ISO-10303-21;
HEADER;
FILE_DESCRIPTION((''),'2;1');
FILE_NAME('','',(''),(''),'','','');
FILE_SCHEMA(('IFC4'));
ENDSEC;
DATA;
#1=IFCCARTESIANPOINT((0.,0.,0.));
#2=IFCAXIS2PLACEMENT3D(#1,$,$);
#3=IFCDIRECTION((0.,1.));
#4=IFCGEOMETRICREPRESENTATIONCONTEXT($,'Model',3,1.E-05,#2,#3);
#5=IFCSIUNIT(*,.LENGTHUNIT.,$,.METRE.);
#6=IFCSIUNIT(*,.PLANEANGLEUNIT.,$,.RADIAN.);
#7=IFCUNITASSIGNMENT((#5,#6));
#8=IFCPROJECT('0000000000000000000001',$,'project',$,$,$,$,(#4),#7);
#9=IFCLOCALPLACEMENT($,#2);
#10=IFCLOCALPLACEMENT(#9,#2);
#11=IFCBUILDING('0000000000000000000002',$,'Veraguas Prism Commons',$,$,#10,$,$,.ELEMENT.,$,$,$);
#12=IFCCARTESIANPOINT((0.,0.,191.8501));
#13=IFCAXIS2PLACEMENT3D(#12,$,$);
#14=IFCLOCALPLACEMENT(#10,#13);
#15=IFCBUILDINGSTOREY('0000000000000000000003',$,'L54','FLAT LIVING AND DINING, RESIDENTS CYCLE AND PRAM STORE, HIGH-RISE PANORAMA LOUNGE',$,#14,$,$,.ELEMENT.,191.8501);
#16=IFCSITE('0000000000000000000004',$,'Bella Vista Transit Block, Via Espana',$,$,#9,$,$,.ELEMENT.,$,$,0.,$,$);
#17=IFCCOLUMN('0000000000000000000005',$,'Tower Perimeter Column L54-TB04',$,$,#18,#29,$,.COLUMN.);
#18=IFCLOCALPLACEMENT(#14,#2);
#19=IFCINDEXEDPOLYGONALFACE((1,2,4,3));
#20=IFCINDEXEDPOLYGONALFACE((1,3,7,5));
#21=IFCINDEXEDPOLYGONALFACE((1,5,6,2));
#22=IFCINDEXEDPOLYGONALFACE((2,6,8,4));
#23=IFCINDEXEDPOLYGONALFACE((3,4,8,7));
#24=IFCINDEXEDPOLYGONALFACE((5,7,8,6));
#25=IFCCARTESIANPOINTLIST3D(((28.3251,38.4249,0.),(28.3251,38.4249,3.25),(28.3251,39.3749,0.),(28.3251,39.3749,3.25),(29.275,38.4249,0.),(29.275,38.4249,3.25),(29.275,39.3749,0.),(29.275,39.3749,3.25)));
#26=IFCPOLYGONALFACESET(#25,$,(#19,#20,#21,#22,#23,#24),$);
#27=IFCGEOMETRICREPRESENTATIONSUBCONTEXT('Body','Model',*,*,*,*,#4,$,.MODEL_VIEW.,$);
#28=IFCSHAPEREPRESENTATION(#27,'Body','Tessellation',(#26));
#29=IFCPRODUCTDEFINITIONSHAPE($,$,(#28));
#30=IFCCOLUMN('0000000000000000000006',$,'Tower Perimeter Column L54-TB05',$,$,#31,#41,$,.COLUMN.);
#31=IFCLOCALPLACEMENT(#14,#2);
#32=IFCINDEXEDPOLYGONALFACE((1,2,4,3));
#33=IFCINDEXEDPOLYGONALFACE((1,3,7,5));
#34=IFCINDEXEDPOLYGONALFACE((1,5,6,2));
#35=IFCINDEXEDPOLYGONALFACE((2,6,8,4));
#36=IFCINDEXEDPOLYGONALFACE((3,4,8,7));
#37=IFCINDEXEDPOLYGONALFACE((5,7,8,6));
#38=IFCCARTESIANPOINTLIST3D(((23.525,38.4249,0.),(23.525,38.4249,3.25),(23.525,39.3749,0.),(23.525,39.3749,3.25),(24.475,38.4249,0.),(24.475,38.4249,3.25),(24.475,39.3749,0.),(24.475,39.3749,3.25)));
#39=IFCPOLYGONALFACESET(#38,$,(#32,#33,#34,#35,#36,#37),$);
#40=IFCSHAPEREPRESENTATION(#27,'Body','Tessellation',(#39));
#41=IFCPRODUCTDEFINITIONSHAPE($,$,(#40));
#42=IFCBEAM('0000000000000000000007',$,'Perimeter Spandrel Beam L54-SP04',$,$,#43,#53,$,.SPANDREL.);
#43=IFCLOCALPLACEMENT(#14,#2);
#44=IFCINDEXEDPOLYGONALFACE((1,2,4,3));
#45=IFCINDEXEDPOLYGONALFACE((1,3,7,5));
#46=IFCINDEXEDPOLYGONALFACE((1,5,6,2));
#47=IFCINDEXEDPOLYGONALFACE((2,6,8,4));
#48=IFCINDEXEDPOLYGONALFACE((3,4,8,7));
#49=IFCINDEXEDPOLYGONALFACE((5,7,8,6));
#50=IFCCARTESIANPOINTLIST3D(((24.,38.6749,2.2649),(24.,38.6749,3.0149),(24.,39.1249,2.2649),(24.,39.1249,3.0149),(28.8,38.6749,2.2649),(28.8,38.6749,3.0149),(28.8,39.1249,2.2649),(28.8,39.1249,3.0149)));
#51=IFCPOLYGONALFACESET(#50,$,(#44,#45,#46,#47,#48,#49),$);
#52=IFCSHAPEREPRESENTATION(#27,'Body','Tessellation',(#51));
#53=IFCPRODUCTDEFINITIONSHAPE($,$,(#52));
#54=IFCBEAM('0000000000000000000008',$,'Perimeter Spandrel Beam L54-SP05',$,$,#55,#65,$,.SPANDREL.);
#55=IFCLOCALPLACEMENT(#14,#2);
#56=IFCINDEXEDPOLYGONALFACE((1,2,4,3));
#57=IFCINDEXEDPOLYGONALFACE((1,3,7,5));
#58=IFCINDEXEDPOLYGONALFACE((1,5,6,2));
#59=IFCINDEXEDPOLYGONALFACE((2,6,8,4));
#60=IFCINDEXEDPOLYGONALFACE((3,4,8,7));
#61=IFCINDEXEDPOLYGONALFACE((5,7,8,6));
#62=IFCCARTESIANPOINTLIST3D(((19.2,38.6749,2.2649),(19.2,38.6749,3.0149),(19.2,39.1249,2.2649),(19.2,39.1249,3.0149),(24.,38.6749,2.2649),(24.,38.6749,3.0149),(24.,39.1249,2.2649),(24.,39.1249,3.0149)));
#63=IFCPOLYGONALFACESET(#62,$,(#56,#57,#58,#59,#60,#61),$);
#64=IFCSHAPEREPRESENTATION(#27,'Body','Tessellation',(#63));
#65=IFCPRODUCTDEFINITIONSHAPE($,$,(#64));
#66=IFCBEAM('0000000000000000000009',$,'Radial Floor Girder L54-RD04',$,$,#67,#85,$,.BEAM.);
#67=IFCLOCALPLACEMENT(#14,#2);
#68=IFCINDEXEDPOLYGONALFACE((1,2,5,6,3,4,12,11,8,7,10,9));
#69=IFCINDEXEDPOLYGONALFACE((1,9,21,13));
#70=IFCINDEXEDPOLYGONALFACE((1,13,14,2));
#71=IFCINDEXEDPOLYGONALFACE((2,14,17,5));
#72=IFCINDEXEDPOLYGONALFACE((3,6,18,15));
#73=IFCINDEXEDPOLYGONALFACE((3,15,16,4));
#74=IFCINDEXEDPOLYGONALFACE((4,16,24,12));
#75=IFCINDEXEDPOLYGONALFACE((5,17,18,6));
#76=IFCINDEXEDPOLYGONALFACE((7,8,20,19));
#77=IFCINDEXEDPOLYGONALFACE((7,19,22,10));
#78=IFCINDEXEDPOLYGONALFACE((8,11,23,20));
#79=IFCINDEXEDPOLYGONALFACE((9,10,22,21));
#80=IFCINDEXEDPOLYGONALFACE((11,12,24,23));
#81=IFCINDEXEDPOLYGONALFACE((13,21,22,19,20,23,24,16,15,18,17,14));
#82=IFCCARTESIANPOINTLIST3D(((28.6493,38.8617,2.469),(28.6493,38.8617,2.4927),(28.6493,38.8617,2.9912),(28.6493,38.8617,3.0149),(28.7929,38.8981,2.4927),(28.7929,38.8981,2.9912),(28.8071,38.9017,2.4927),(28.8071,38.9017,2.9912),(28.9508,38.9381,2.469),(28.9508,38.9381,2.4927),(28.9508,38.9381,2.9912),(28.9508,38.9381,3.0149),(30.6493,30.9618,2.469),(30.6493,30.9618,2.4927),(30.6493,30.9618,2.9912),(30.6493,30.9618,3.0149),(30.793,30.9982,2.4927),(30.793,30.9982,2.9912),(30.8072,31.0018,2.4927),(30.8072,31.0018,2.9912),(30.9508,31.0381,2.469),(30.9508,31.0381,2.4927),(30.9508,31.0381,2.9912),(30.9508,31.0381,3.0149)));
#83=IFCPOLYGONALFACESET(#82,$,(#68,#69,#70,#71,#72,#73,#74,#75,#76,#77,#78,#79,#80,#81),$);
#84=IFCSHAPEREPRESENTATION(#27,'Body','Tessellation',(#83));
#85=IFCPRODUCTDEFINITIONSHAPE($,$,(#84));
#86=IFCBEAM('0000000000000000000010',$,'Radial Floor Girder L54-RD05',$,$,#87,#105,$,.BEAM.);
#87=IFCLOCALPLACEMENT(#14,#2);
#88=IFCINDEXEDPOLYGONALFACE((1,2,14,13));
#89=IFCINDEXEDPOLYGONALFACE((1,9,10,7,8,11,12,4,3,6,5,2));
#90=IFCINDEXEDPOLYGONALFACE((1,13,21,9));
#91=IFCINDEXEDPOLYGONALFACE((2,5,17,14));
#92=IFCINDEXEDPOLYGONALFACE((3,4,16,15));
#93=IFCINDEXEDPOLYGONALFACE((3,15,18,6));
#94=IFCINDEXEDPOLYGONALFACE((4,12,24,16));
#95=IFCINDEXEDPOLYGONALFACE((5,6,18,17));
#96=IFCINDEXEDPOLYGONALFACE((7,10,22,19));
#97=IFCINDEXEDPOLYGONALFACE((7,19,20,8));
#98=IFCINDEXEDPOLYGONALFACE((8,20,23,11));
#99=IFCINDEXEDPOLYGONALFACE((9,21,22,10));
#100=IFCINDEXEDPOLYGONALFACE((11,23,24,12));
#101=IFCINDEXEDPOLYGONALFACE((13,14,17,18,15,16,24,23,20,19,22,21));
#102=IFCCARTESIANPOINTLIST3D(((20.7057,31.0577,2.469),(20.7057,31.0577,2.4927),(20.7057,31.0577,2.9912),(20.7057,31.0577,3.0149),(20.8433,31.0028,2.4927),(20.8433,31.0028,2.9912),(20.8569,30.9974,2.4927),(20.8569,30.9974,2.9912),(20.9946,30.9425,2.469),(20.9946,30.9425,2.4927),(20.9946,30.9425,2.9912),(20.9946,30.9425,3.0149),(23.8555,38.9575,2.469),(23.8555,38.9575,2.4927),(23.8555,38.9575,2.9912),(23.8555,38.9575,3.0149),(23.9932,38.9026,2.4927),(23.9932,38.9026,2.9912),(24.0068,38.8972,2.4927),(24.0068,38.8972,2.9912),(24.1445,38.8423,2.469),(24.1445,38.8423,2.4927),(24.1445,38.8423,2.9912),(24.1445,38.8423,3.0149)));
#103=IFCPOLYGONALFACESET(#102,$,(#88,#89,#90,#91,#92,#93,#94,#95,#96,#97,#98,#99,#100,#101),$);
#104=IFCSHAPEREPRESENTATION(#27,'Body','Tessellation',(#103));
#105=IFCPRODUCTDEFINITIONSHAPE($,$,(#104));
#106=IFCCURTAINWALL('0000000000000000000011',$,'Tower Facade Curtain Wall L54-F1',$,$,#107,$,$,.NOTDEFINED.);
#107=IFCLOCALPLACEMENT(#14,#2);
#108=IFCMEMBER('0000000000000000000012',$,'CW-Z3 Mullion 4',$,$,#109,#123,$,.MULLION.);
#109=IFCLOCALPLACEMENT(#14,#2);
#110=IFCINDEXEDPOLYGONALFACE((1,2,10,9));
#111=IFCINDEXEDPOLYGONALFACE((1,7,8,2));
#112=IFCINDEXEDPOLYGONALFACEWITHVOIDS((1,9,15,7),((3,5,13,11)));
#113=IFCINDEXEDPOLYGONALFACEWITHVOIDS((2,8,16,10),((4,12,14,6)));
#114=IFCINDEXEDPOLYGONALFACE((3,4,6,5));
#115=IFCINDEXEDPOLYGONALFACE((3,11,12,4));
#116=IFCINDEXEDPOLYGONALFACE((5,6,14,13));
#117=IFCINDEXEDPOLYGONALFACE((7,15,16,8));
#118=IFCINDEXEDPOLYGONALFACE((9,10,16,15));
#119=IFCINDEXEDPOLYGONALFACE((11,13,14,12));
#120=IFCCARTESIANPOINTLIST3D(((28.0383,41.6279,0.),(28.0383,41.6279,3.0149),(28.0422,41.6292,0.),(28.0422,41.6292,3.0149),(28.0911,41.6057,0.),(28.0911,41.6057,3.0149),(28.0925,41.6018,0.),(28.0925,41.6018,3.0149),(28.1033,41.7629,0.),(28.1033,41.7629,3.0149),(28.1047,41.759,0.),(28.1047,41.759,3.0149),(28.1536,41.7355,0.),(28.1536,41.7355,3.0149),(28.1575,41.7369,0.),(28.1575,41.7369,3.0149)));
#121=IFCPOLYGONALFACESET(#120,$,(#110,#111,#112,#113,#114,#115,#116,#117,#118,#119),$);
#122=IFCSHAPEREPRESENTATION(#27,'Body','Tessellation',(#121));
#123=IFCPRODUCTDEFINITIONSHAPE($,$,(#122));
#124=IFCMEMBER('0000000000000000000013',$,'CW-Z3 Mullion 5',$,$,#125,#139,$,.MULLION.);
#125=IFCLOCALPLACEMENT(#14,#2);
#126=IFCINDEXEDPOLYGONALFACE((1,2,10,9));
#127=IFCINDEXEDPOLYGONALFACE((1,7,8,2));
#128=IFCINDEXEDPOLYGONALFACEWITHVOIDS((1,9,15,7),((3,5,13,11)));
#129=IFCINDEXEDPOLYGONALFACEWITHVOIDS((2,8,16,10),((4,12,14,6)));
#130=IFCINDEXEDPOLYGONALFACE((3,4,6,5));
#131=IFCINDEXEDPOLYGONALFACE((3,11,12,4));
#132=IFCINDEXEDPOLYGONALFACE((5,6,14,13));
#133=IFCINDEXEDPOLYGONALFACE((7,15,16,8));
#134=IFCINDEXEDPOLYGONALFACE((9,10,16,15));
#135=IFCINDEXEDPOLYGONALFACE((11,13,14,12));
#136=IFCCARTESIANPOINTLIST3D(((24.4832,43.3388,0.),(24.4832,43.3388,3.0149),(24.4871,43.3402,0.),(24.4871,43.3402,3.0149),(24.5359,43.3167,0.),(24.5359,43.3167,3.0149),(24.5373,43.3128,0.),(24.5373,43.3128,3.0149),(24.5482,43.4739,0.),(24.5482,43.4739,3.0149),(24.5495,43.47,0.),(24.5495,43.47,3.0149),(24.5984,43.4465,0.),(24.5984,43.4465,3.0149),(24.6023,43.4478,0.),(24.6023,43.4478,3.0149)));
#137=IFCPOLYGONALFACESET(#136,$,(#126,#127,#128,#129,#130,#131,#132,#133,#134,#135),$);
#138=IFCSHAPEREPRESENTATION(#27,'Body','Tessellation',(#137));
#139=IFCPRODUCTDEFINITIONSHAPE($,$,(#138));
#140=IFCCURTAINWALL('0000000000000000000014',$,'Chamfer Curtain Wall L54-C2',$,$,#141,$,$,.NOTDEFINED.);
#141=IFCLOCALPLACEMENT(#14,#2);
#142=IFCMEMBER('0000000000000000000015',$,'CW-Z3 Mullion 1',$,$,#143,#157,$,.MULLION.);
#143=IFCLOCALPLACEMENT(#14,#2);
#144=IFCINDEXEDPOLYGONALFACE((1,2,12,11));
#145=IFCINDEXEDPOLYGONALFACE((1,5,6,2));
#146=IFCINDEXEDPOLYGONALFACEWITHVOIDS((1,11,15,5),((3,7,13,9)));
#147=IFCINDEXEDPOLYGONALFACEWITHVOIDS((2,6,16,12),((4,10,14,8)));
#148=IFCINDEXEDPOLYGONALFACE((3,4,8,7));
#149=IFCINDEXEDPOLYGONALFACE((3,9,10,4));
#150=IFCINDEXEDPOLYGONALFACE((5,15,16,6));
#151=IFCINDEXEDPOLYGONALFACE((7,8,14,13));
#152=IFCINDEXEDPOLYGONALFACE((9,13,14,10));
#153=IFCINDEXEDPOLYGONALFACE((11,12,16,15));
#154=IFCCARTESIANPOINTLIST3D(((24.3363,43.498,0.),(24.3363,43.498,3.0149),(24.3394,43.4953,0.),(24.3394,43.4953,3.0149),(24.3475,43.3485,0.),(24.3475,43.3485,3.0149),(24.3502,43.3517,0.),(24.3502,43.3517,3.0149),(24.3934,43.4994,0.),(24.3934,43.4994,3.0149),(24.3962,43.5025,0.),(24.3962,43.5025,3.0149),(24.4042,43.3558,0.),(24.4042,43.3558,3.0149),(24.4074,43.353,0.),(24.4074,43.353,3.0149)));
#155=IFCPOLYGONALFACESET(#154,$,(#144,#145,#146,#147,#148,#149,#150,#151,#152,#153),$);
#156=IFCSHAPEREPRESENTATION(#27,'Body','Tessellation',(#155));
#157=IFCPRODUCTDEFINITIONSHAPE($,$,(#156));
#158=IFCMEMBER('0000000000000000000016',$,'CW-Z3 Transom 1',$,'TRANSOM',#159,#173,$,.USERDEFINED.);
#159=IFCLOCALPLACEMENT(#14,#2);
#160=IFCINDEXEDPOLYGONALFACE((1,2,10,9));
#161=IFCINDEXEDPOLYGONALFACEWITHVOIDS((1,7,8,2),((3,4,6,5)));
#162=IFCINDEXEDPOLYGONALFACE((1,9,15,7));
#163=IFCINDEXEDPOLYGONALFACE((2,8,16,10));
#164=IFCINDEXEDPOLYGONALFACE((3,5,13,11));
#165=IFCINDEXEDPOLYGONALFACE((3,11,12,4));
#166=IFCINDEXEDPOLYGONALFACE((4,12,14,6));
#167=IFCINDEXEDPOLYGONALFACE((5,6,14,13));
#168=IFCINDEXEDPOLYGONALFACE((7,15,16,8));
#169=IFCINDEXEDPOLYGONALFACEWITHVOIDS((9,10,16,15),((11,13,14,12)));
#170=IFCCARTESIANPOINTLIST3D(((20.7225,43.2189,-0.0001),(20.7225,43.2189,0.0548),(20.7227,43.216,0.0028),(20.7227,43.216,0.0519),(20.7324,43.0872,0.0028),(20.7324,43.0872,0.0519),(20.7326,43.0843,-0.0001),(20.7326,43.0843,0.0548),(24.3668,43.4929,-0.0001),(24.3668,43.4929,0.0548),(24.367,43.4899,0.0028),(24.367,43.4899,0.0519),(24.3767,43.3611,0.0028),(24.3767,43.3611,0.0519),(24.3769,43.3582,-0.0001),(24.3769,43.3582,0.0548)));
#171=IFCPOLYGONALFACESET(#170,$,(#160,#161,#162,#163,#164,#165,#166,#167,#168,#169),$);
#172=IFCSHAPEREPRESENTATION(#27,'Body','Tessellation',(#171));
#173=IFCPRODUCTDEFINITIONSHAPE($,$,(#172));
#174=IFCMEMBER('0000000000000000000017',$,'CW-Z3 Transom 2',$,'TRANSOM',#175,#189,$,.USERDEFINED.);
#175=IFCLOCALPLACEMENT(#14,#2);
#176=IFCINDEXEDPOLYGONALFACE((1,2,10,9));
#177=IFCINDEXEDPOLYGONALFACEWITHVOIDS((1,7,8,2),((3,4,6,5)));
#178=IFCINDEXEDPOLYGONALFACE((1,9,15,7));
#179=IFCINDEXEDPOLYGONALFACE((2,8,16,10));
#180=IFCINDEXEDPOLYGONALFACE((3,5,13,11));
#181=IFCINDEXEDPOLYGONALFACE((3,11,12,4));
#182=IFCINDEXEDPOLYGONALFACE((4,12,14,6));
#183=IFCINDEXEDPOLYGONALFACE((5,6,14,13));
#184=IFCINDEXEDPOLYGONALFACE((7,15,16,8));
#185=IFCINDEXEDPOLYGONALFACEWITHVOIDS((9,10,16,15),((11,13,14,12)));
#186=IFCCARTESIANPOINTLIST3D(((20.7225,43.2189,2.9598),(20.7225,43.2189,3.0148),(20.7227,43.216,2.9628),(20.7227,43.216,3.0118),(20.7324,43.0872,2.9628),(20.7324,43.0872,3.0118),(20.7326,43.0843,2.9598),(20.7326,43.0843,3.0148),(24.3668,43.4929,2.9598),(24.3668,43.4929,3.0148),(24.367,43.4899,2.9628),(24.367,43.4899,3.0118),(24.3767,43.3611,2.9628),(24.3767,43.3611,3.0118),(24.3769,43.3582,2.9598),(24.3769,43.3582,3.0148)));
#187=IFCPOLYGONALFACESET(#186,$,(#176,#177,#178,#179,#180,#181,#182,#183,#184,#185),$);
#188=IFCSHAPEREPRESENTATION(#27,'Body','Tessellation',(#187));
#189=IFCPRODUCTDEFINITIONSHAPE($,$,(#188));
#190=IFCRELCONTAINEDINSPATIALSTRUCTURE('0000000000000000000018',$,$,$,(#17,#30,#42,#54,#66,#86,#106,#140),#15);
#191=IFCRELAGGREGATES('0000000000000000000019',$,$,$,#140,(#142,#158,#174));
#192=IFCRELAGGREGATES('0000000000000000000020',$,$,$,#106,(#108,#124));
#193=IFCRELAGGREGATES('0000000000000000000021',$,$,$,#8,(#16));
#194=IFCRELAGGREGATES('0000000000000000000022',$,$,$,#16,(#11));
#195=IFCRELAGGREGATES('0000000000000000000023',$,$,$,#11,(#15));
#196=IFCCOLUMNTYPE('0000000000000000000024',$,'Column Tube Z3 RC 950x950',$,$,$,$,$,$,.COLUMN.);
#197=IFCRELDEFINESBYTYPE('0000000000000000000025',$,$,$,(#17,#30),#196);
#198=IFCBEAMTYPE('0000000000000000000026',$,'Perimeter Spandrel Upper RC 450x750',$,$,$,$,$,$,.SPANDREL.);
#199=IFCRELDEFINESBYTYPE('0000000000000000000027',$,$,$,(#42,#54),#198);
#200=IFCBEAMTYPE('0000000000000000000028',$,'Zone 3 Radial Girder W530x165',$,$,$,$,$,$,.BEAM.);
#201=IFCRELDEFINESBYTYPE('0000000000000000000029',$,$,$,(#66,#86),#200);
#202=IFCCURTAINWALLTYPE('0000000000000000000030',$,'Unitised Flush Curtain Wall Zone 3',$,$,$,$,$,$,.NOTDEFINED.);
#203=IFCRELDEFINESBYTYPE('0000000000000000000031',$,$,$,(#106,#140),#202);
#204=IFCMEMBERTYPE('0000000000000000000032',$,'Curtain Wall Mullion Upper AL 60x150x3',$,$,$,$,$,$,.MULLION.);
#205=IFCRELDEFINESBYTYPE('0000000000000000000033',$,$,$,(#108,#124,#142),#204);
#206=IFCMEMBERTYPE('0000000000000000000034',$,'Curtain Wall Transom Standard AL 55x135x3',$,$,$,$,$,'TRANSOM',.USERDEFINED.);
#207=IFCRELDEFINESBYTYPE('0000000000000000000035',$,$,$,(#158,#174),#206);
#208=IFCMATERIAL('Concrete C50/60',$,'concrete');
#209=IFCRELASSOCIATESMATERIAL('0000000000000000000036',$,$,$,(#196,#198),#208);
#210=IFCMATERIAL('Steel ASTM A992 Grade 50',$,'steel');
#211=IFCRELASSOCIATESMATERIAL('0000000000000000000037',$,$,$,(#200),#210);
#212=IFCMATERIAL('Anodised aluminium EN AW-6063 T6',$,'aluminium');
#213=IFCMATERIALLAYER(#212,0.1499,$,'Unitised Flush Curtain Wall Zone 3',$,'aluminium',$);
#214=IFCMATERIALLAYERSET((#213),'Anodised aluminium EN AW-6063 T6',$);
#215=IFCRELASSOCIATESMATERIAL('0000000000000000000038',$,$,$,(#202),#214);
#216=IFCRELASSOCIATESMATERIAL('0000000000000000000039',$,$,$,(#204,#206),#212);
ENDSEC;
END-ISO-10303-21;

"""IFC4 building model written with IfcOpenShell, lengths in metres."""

from ifc_helpers import new_model, si_unit, direction, frame, origin, origin_2d, place, context, subcontext, project, spatial, rectangle, hollow_rectangle, i_section, extrude, source, transform, mapped, material, layer, layer_set, material_profile, profile_set, type_object, element, aggregate, save


model = new_model("IFC4")

# Units and contexts
model_context = context("Model", 3, precision=1e-05, world=origin(), true_north=direction((0.0, 1.0)))
body_context = subcontext(model_context, "Body", "Model", "MODEL_VIEW")
ifc_project = project(units=[si_unit("LENGTHUNIT", "METRE"), si_unit("PLANEANGLEUNIT", "RADIAN")], contexts=[model_context])

# Site, building, storey
site_placement = place(None, origin())
site = spatial("IfcSite", under=ifc_project, at=site_placement, Name="Bella Vista Transit Block, Via Espana", CompositionType="ELEMENT", RefElevation=0.0)
building_placement = place(site_placement, origin())
building = spatial("IfcBuilding", under=site, at=building_placement, Name="Veraguas Prism Commons", CompositionType="ELEMENT")
storey_placement = place(building_placement, frame((0.0, 0.0, 191.8501)))
storey = spatial("IfcBuildingStorey", under=building, at=storey_placement, Name="L54", Description="FLAT LIVING AND DINING, RESIDENTS CYCLE AND PRAM STORE, HIGH-RISE PANORAMA LOUNGE", CompositionType="ELEMENT", Elevation=191.8501)

# Columns
ifc_material_1 = material(Name="Concrete C50/60", Category="concrete")
ifc_material_profile_1 = material_profile(ifc_material_1, rectangle(XDim=0.95, YDim=0.95, at=origin_2d()), Name="RC950X950")
ifc_profile_set_1 = profile_set([ifc_material_profile_1], Name="Concrete C50/60")
column_type = type_object("IfcColumnType", Name="Column Tube Z3 RC 950x950", PredefinedType="COLUMN", material=ifc_profile_set_1)
for number, where, z_axis, x_axis, name in (
    (1, (28.8, 38.8999, 0.0), (0.0, 0.0, 1.0), (1.0, 0.0, 0.0), "Tower Perimeter Column L54-TB04"),
    (2, (24.0, 38.8999, 0.0), (0.0, 0.0, 1.0), (1.0, 0.0, 0.0), "Tower Perimeter Column L54-TB05"),
):
    element("IfcColumn", number, at=place(storey_placement, frame(where, z_axis=z_axis, x_axis=x_axis)), inside=storey, type_object=column_type, Name=name, PredefinedType="COLUMN", context=body_context, shape_type="SweptSolid", body=[
        extrude(rectangle(XDim=0.95, YDim=0.95, at=origin_2d()), origin(), (0.0, 0.0, 1.0), 3.25),
    ])

# Beams
ifc_material_profile_2 = material_profile(ifc_material_1, rectangle(XDim=0.45, YDim=0.75, at=origin_2d()), Name="RC450X750")
ifc_profile_set_2 = profile_set([ifc_material_profile_2], Name="Concrete C50/60")
beam_type_1 = type_object("IfcBeamType", Name="Perimeter Spandrel Upper RC 450x750", PredefinedType="SPANDREL", material=ifc_profile_set_2)
for number, where, z_axis, x_axis, name in (
    (3, (28.8, 38.8999, 2.6399), (-1.0, 0.0, 0.0), (0.0, -1.0, 0.0), "Perimeter Spandrel Beam L54-SP04"),
    (4, (24.0, 38.8999, 2.6399), (-1.0, 0.0, 0.0), (0.0, -1.0, 0.0), "Perimeter Spandrel Beam L54-SP05"),
):
    element("IfcBeam", number, at=place(storey_placement, frame(where, z_axis=z_axis, x_axis=x_axis)), inside=storey, type_object=beam_type_1, Name=name, PredefinedType="SPANDREL", context=body_context, shape_type="SweptSolid", body=[
        extrude(rectangle(XDim=0.45, YDim=0.75, at=origin_2d()), origin(), (0.0, 0.0, 1.0), 4.8),
    ])
ifc_material_2 = material(Name="Steel ASTM A992 Grade 50", Category="steel")
ifc_material_profile_3 = material_profile(ifc_material_2, i_section(OverallWidth=0.311, OverallDepth=0.5459, WebThickness=0.0146, FlangeThickness=0.0237, at=origin_2d()), Name="W530X165")
ifc_profile_set_3 = profile_set([ifc_material_profile_3], Name="Steel ASTM A992 Grade 50")
beam_type_2 = type_object("IfcBeamType", Name="Zone 3 Radial Girder W530x165", PredefinedType="BEAM", material=ifc_profile_set_3)
beam_1_placement = place(storey_placement, frame((28.8, 38.8999, 2.7419), z_axis=(0.245425, -0.969416, 0.0), x_axis=(0.969416, 0.245425, 0.0)))
element("IfcBeam", 5, at=beam_1_placement, inside=storey, type_object=beam_type_2, Name="Radial Floor Girder L54-RD04", PredefinedType="BEAM", context=body_context, shape_type="SweptSolid", body=[
    extrude(i_section(OverallWidth=0.311, OverallDepth=0.5459, WebThickness=0.0146, FlangeThickness=0.0237, at=origin_2d()), origin(), (0.0, 0.0, 1.0), 8.1492),
])
beam_2_placement = place(storey_placement, frame((24.0, 38.8999, 2.7419), z_axis=(-0.370371, -0.928884, 0.0), x_axis=(0.928884, -0.370371, 0.0)))
element("IfcBeam", 6, at=beam_2_placement, inside=storey, type_object=beam_type_2, Name="Radial Floor Girder L54-RD05", PredefinedType="BEAM", context=body_context, shape_type="SweptSolid", body=[
    extrude(i_section(OverallWidth=0.311, OverallDepth=0.5459, WebThickness=0.0146, FlangeThickness=0.0237, at=origin_2d()), origin(), (0.0, 0.0, 1.0), 8.5046),
])

# Curtain walls, members
ifc_material_3 = material(Name="Anodised aluminium EN AW-6063 T6", Category="aluminium")
ifc_layer_1 = layer(ifc_material_3, 0.1499, Name="Unitised Flush Curtain Wall Zone 3", Category="aluminium")
ifc_layer_set_1 = layer_set([ifc_layer_1], Name="Anodised aluminium EN AW-6063 T6")
curtain_wall_type = type_object("IfcCurtainWallType", Name="Unitised Flush Curtain Wall Zone 3", PredefinedType="NOTDEFINED", material=ifc_layer_set_1)
curtain_wall_1_placement = place(storey_placement, origin())
curtain_wall_1 = element("IfcCurtainWall", 7, at=curtain_wall_1_placement, inside=storey, type_object=curtain_wall_type, Name="Tower Facade Curtain Wall L54-F1", PredefinedType="NOTDEFINED")
ifc_material_profile_4 = material_profile(ifc_material_3, hollow_rectangle(XDim=0.0601, YDim=0.1499, WallThickness=0.0029, at=origin_2d()), Name="AL60X150X3")
ifc_profile_set_4 = profile_set([ifc_material_profile_4], Name="Anodised aluminium EN AW-6063 T6")
member_type_1 = type_object("IfcMemberType", Name="Curtain Wall Mullion Upper AL 60x150x3", PredefinedType="MULLION", material=ifc_profile_set_4)
shared_shape_1 = source(origin(), body_context, "Body", "SweptSolid", [
    extrude(hollow_rectangle(XDim=0.0601, YDim=0.1499, WallThickness=0.0029, at=origin_2d()), origin(), (0.0, 0.0, 1.0), 3.0149),
])
member_1_placement = place(storey_placement, frame((28.0979, 41.6824, 0.0), z_axis=(0.0, 0.0, 1.0), x_axis=(-0.901074, 0.433665, 0.0)))
member_1 = element("IfcMember", 8, at=member_1_placement, type_object=member_type_1, Name="CW-Z3 Mullion 4", PredefinedType="MULLION", context=body_context, shape_type="MappedRepresentation", body=[
    mapped(shared_shape_1, transform((0.0, 0.0, 0.0), scale=1.0)),
])
member_2_placement = place(storey_placement, frame((24.5427, 43.3933, 0.0), z_axis=(0.0, 0.0, 1.0), x_axis=(-0.901074, 0.433665, 0.0)))
member_2 = element("IfcMember", 9, at=member_2_placement, type_object=member_type_1, Name="CW-Z3 Mullion 5", PredefinedType="MULLION", context=body_context, shape_type="MappedRepresentation", body=[
    mapped(shared_shape_1, transform((0.0, 0.0, 0.0), scale=1.0)),
])
curtain_wall_2_placement = place(storey_placement, origin())
curtain_wall_2 = element("IfcCurtainWall", 10, at=curtain_wall_2_placement, inside=storey, type_object=curtain_wall_type, Name="Chamfer Curtain Wall L54-C2", PredefinedType="NOTDEFINED")
member_3_placement = place(storey_placement, frame((24.3718, 43.4255, 0.0), z_axis=(0.0, 0.0, 1.0), x_axis=(-0.997185, -0.074977, 0.0)))
member_3 = element("IfcMember", 11, at=member_3_placement, type_object=member_type_1, Name="CW-Z3 Mullion 1", PredefinedType="MULLION", context=body_context, shape_type="MappedRepresentation", body=[
    mapped(shared_shape_1, transform((0.0, 0.0, 0.0), scale=1.0)),
])
ifc_material_profile_5 = material_profile(ifc_material_3, hollow_rectangle(XDim=0.0549, YDim=0.135, WallThickness=0.0029, at=origin_2d()), Name="AL55X135X3")
ifc_profile_set_5 = profile_set([ifc_material_profile_5], Name="Anodised aluminium EN AW-6063 T6")
member_type_2 = type_object("IfcMemberType", Name="Curtain Wall Transom Standard AL 55x135x3", ElementType="TRANSOM", PredefinedType="USERDEFINED", material=ifc_profile_set_5)
shared_shape_2 = source(origin(), body_context, "Body", "SweptSolid", [
    extrude(hollow_rectangle(XDim=0.0549, YDim=0.135, WallThickness=0.0029, at=origin_2d()), origin(), (0.0, 0.0, 1.0), 3.6545),
])
member_4_placement = place(storey_placement, frame((24.3718, 43.4255, 0.0273), z_axis=(-0.997187, -0.074954, 0.0), x_axis=(0.0, 0.0, 1.0)))
member_4 = element("IfcMember", 12, at=member_4_placement, type_object=member_type_2, Name="CW-Z3 Transom 1", ObjectType="TRANSOM", PredefinedType="USERDEFINED", context=body_context, shape_type="MappedRepresentation", body=[
    mapped(shared_shape_2, transform((0.0, 0.0, 0.0), scale=1.0)),
])
member_5_placement = place(storey_placement, frame((24.3718, 43.4255, 2.9873), z_axis=(-0.997187, -0.074954, 0.0), x_axis=(0.0, 0.0, 1.0)))
member_5 = element("IfcMember", 13, at=member_5_placement, type_object=member_type_2, Name="CW-Z3 Transom 2", ObjectType="TRANSOM", PredefinedType="USERDEFINED", context=body_context, shape_type="MappedRepresentation", body=[
    mapped(shared_shape_2, transform((0.0, 0.0, 0.0), scale=1.0)),
])
aggregate(curtain_wall_2, [member_3, member_4, member_5])

aggregate(curtain_wall_1, [member_1, member_2])

save(model, "model.ifc")
